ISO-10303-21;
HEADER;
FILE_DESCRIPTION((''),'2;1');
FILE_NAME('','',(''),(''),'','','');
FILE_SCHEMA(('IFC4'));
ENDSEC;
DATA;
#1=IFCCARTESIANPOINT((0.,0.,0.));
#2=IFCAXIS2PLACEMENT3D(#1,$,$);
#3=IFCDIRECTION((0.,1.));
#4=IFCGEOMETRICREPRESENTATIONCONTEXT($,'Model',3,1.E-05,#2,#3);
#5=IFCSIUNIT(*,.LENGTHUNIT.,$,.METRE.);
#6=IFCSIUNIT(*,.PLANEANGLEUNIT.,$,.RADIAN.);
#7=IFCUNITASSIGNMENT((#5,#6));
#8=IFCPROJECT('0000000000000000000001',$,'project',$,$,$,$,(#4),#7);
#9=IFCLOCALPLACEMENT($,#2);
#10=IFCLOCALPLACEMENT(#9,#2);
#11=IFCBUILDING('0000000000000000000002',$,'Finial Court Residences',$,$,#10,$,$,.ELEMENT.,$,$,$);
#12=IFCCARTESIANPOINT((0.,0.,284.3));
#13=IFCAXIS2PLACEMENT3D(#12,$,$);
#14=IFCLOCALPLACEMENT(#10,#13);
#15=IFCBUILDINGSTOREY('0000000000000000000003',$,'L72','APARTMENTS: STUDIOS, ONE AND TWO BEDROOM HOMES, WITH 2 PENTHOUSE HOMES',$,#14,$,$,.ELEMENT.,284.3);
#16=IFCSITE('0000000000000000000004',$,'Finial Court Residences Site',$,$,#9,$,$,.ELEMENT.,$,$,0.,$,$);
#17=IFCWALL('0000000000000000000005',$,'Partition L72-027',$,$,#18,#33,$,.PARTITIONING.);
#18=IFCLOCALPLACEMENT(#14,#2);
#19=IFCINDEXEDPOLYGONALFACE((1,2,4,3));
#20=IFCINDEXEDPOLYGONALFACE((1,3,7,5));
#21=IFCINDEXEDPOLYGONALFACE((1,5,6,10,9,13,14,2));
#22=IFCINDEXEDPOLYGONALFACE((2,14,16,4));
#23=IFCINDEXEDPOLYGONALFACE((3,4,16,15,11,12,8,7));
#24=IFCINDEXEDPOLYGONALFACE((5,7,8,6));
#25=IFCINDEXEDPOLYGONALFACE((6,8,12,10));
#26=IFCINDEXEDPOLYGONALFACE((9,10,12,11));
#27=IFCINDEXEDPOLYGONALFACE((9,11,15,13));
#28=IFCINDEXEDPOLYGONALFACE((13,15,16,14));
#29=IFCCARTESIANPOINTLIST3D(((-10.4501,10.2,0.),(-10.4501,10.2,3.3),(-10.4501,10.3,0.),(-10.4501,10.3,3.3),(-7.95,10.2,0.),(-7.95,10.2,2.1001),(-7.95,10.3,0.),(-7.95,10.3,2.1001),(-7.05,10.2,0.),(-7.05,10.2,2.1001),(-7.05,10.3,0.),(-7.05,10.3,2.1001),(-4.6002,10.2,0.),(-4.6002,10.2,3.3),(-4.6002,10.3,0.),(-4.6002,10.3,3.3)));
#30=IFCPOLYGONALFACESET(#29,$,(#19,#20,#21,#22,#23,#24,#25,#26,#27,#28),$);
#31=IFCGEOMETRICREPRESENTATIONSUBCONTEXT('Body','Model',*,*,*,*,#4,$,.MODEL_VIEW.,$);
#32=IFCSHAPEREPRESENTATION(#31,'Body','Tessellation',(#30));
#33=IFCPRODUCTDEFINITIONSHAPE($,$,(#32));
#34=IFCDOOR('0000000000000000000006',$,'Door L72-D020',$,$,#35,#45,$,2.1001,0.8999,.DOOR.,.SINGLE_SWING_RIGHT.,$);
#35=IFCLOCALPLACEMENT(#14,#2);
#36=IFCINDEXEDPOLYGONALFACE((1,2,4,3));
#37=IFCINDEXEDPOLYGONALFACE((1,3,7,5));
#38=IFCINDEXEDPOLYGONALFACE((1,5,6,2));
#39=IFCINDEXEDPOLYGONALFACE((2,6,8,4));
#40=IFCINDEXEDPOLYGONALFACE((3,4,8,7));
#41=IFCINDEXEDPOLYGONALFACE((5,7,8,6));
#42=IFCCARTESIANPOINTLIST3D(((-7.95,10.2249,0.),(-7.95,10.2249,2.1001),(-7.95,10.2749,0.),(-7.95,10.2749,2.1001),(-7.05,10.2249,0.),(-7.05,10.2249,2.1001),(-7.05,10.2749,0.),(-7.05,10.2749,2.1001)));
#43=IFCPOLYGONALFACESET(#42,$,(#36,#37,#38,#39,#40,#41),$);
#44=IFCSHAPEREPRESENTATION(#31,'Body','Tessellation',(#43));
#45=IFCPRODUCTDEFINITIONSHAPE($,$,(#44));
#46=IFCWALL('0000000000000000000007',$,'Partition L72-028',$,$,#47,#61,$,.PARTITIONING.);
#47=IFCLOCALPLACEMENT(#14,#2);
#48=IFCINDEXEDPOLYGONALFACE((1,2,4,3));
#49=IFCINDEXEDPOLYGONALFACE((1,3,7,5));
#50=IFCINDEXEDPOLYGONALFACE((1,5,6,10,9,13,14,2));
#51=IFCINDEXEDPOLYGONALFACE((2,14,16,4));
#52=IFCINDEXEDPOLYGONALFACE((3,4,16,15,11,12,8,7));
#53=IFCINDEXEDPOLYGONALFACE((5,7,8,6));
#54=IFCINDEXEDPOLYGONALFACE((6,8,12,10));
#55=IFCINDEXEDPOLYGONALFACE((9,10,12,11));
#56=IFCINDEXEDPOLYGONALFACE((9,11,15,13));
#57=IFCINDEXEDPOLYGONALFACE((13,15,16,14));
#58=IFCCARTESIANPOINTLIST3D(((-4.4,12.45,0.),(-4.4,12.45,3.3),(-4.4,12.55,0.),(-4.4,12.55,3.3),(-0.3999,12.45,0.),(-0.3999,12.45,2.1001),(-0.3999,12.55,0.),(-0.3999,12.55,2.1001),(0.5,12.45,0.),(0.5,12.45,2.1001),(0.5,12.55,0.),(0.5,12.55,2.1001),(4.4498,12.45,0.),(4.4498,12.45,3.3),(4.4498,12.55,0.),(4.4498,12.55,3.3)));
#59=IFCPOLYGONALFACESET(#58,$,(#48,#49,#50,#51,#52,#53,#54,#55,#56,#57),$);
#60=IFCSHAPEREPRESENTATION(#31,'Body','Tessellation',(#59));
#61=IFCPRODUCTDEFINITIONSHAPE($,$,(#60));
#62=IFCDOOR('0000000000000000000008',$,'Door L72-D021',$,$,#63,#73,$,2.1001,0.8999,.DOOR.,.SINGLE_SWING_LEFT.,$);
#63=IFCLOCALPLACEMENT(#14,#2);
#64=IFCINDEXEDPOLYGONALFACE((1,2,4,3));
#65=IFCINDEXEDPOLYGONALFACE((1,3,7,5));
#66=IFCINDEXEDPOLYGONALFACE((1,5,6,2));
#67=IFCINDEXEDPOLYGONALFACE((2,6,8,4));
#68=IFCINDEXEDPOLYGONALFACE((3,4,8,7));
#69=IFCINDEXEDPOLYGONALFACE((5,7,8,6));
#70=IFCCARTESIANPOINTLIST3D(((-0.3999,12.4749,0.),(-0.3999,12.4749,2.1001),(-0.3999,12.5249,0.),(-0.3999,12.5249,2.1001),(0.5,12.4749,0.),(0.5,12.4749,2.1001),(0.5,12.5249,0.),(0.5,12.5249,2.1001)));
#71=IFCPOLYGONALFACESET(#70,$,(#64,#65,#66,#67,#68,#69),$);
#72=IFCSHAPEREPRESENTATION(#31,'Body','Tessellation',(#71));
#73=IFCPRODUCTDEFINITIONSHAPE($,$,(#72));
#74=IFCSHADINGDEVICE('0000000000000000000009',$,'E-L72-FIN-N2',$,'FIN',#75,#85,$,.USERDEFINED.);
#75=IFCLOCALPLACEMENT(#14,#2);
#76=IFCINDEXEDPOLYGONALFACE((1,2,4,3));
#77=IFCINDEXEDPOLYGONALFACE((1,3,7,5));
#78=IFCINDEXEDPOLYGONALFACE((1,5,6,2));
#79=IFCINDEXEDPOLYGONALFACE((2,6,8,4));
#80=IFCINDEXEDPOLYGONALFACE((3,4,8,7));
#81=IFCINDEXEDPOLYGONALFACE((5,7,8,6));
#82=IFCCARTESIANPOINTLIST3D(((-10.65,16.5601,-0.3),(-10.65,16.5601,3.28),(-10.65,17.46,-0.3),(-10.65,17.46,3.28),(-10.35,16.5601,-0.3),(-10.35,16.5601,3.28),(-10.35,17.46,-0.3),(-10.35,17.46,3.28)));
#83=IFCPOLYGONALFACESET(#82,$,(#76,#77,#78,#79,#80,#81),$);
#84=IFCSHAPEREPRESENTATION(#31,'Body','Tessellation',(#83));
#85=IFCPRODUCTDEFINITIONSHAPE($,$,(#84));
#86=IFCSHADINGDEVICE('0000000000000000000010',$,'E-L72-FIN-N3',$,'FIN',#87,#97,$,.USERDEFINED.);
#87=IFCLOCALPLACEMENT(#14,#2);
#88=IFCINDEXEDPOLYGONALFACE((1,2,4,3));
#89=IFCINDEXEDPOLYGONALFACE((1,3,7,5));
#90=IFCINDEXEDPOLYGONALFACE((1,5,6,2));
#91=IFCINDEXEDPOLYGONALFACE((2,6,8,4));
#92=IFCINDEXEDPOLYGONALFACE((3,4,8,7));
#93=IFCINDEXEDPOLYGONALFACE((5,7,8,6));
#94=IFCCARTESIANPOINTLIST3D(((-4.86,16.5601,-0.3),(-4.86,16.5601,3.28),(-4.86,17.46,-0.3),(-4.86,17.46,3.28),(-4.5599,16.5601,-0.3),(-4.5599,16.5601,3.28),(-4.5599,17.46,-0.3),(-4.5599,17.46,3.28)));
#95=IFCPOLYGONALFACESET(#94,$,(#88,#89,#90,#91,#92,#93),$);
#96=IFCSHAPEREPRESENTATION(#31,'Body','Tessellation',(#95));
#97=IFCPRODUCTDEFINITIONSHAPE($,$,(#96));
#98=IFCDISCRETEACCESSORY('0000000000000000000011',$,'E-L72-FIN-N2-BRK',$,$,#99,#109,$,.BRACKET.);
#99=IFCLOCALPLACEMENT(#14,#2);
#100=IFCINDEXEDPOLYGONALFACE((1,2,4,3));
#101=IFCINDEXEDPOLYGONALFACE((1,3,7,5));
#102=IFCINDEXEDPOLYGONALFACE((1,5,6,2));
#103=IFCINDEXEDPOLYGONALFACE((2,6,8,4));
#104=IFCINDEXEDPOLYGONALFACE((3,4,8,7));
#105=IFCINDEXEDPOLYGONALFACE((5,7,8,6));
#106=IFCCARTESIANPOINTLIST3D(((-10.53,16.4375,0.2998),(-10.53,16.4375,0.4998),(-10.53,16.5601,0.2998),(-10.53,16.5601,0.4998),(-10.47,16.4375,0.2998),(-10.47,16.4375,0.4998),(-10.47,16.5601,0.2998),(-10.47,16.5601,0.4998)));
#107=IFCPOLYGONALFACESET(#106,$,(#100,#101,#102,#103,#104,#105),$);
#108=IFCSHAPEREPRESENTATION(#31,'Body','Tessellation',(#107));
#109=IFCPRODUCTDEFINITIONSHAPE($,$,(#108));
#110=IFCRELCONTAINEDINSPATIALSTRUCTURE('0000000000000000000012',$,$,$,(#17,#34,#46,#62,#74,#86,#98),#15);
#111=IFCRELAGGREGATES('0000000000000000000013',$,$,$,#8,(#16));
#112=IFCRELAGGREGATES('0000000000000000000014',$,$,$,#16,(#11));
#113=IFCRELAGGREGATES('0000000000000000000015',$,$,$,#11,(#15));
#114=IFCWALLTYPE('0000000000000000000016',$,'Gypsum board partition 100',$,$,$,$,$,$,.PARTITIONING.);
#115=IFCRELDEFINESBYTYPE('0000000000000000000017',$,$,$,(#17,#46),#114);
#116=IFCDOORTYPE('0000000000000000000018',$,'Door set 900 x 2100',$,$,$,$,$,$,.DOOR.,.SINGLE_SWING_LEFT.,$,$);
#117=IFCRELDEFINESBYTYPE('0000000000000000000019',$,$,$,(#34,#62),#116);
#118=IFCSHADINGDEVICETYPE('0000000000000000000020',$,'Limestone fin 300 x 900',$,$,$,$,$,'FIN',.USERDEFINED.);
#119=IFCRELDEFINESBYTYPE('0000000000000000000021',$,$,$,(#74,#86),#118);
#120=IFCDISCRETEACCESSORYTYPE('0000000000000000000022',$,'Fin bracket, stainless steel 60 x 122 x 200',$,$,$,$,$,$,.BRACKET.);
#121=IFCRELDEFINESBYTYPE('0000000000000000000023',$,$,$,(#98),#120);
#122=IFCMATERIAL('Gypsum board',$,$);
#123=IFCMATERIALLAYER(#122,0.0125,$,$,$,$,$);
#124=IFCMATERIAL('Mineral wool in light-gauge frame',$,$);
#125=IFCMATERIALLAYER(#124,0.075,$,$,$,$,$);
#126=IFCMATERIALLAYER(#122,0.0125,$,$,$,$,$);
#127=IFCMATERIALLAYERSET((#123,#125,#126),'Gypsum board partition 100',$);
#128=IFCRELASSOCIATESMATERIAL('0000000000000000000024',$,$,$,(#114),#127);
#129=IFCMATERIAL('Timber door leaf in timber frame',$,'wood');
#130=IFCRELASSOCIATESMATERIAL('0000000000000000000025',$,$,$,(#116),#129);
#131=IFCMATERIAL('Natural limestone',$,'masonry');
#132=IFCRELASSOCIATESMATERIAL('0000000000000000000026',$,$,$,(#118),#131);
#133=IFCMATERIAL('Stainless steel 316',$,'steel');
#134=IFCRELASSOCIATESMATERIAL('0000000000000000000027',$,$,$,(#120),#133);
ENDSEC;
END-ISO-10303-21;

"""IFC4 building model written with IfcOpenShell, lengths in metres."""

from ifc_helpers import new_model, si_unit, direction, frame, frame_2d, origin, origin_2d, place, context, subcontext, project, spatial, rectangle, extrude, material, layer, layer_set, type_object, element, fill, save


model = new_model("IFC4")

# Units and contexts
model_context = context("Model", 3, precision=1e-05, world=origin(), true_north=direction((0.0, 1.0)))
body_context = subcontext(model_context, "Body", "Model", "MODEL_VIEW")
ifc_project = project(units=[si_unit("LENGTHUNIT", "METRE"), si_unit("PLANEANGLEUNIT", "RADIAN")], contexts=[model_context])

# Site, building, storey
site_placement = place(None, origin())
site = spatial("IfcSite", under=ifc_project, at=site_placement, Name="Finial Court Residences Site", CompositionType="ELEMENT", RefElevation=0.0)
building_placement = place(site_placement, origin())
building = spatial("IfcBuilding", under=site, at=building_placement, Name="Finial Court Residences", CompositionType="ELEMENT")
storey_placement = place(building_placement, frame((0.0, 0.0, 284.3)))
storey = spatial("IfcBuildingStorey", under=building, at=storey_placement, Name="L72", Description="APARTMENTS: STUDIOS, ONE AND TWO BEDROOM HOMES, WITH 2 PENTHOUSE HOMES", CompositionType="ELEMENT", Elevation=284.3)

# Walls, openings, doors
ifc_material_1 = material(Name="Gypsum board")
ifc_layer_1 = layer(ifc_material_1, 0.0125)
ifc_material_2 = material(Name="Mineral wool in light-gauge frame")
ifc_layer_2 = layer(ifc_material_2, 0.075)
ifc_layer_3 = layer(ifc_material_1, 0.0125)
ifc_layer_set_1 = layer_set([ifc_layer_1, ifc_layer_2, ifc_layer_3], Name="Gypsum board partition 100")
wall_type = type_object("IfcWallType", Name="Gypsum board partition 100", PredefinedType="PARTITIONING", material=ifc_layer_set_1)
wall_1_placement = place(storey_placement, frame((-10.45, 10.25, 0.0), z_axis=(0.0, 0.0, 1.0), x_axis=(1.0, 0.0, 0.0)))
wall_1 = element("IfcWall", 1, at=wall_1_placement, inside=storey, type_object=wall_type, Name="Partition L72-027", PredefinedType="PARTITIONING", context=body_context, shape_type="SweptSolid", body=[
    extrude(rectangle(XDim=5.8499, YDim=0.1001, at=frame_2d((2.9248, 0.0))), origin(), (0.0, 0.0, 1.0), 3.3),
])
opening_1_placement = place(wall_1_placement, frame((2.5, 0.0, 0.0)))
opening_1 = element("IfcOpeningElement", 2, at=opening_1_placement, cuts=wall_1, PredefinedType="OPENING", context=body_context, shape_type="SweptSolid", body=[
    extrude(rectangle(XDim=0.8999, YDim=2.1001, at=frame_2d((0.45, 1.05))), frame((0.0, 0.0601, 0.0), z_axis=(0.0, -1.0, 0.0), x_axis=(1.0, 0.0, 0.0)), (0.0, 0.0, 1.0), 0.1201),
])
ifc_material_3 = material(Name="Timber door leaf in timber frame", Category="wood")
door_type = type_object("IfcDoorType", Name="Door set 900 x 2100", OperationType="SINGLE_SWING_LEFT", PredefinedType="DOOR", material=ifc_material_3)
door_1_placement = place(opening_1_placement, origin())
door_1 = element("IfcDoor", 3, at=door_1_placement, inside=storey, type_object=door_type, Name="Door L72-D020", OperationType="SINGLE_SWING_RIGHT", OverallHeight=2.1001, OverallWidth=0.8999, PredefinedType="DOOR", context=body_context, shape_type="SweptSolid", body=[
    extrude(rectangle(XDim=0.8999, YDim=2.1001, at=frame_2d((0.45, 1.05))), frame((0.0, 0.0249, 0.0), z_axis=(0.0, -1.0, 0.0), x_axis=(1.0, 0.0, 0.0)), (0.0, 0.0, 1.0), 0.05),
])
fill(opening_1, door_1)
wall_2_placement = place(storey_placement, frame((-4.3999, 12.5, 0.0), z_axis=(0.0, 0.0, 1.0), x_axis=(1.0, 0.0, 0.0)))
wall_2 = element("IfcWall", 4, at=wall_2_placement, inside=storey, type_object=wall_type, Name="Partition L72-028", PredefinedType="PARTITIONING", context=body_context, shape_type="SweptSolid", body=[
    extrude(rectangle(XDim=8.8499, YDim=0.1001, at=frame_2d((4.4248, 0.0))), origin(), (0.0, 0.0, 1.0), 3.3),
])
opening_2_placement = place(wall_2_placement, frame((4.0, 0.0, 0.0)))
opening_2 = element("IfcOpeningElement", 5, at=opening_2_placement, cuts=wall_2, PredefinedType="OPENING", context=body_context, shape_type="SweptSolid", body=[
    extrude(rectangle(XDim=0.8999, YDim=2.1001, at=frame_2d((0.45, 1.05))), frame((0.0, 0.0601, 0.0), z_axis=(0.0, -1.0, 0.0), x_axis=(1.0, 0.0, 0.0)), (0.0, 0.0, 1.0), 0.1201),
])
door_2_placement = place(opening_2_placement, origin())
door_2 = element("IfcDoor", 6, at=door_2_placement, inside=storey, type_object=door_type, Name="Door L72-D021", OperationType="SINGLE_SWING_LEFT", OverallHeight=2.1001, OverallWidth=0.8999, PredefinedType="DOOR", context=body_context, shape_type="SweptSolid", body=[
    extrude(rectangle(XDim=0.8999, YDim=2.1001, at=frame_2d((0.45, 1.05))), frame((0.0, 0.0249, 0.0), z_axis=(0.0, -1.0, 0.0), x_axis=(1.0, 0.0, 0.0)), (0.0, 0.0, 1.0), 0.05),
])
fill(opening_2, door_2)

# Shading devices
ifc_material_4 = material(Name="Natural limestone", Category="masonry")
shading_device_type = type_object("IfcShadingDeviceType", Name="Limestone fin 300 x 900", ElementType="FIN", PredefinedType="USERDEFINED", material=ifc_material_4)
for number, where, z_axis, x_axis, name in (
    (7, (-10.5, 17.01, -0.3), (0.0, 0.0, 1.0), (1.0, 0.0, 0.0), "E-L72-FIN-N2"),
    (8, (-4.71, 17.01, -0.3), (0.0, 0.0, 1.0), (1.0, 0.0, 0.0), "E-L72-FIN-N3"),
):
    element("IfcShadingDevice", number, at=place(storey_placement, frame(where, z_axis=z_axis, x_axis=x_axis)), inside=storey, type_object=shading_device_type, Name=name, ObjectType="FIN", PredefinedType="USERDEFINED", context=body_context, shape_type="SweptSolid", body=[
        extrude(rectangle(XDim=0.3, YDim=0.8999, at=origin_2d()), origin(), (0.0, 0.0, 1.0), 3.5801),
    ])

# Discrete accessory
ifc_material_5 = material(Name="Stainless steel 316", Category="steel")
discrete_accessory_type = type_object("IfcDiscreteAccessoryType", Name="Fin bracket, stainless steel 60 x 122 x 200", PredefinedType="BRACKET", material=ifc_material_5)
discrete_accessory_placement = place(storey_placement, frame((-10.5, 16.4988, 0.2998), z_axis=(0.0, 0.0, 1.0), x_axis=(1.0, 0.0, 0.0)))
element("IfcDiscreteAccessory", 9, at=discrete_accessory_placement, inside=storey, type_object=discrete_accessory_type, Name="E-L72-FIN-N2-BRK", PredefinedType="BRACKET", context=body_context, shape_type="SweptSolid", body=[
    extrude(rectangle(XDim=0.0601, YDim=0.1226, at=origin_2d()), origin(), (0.0, 0.0, 1.0), 0.2),
])

save(model, "model.ifc")
